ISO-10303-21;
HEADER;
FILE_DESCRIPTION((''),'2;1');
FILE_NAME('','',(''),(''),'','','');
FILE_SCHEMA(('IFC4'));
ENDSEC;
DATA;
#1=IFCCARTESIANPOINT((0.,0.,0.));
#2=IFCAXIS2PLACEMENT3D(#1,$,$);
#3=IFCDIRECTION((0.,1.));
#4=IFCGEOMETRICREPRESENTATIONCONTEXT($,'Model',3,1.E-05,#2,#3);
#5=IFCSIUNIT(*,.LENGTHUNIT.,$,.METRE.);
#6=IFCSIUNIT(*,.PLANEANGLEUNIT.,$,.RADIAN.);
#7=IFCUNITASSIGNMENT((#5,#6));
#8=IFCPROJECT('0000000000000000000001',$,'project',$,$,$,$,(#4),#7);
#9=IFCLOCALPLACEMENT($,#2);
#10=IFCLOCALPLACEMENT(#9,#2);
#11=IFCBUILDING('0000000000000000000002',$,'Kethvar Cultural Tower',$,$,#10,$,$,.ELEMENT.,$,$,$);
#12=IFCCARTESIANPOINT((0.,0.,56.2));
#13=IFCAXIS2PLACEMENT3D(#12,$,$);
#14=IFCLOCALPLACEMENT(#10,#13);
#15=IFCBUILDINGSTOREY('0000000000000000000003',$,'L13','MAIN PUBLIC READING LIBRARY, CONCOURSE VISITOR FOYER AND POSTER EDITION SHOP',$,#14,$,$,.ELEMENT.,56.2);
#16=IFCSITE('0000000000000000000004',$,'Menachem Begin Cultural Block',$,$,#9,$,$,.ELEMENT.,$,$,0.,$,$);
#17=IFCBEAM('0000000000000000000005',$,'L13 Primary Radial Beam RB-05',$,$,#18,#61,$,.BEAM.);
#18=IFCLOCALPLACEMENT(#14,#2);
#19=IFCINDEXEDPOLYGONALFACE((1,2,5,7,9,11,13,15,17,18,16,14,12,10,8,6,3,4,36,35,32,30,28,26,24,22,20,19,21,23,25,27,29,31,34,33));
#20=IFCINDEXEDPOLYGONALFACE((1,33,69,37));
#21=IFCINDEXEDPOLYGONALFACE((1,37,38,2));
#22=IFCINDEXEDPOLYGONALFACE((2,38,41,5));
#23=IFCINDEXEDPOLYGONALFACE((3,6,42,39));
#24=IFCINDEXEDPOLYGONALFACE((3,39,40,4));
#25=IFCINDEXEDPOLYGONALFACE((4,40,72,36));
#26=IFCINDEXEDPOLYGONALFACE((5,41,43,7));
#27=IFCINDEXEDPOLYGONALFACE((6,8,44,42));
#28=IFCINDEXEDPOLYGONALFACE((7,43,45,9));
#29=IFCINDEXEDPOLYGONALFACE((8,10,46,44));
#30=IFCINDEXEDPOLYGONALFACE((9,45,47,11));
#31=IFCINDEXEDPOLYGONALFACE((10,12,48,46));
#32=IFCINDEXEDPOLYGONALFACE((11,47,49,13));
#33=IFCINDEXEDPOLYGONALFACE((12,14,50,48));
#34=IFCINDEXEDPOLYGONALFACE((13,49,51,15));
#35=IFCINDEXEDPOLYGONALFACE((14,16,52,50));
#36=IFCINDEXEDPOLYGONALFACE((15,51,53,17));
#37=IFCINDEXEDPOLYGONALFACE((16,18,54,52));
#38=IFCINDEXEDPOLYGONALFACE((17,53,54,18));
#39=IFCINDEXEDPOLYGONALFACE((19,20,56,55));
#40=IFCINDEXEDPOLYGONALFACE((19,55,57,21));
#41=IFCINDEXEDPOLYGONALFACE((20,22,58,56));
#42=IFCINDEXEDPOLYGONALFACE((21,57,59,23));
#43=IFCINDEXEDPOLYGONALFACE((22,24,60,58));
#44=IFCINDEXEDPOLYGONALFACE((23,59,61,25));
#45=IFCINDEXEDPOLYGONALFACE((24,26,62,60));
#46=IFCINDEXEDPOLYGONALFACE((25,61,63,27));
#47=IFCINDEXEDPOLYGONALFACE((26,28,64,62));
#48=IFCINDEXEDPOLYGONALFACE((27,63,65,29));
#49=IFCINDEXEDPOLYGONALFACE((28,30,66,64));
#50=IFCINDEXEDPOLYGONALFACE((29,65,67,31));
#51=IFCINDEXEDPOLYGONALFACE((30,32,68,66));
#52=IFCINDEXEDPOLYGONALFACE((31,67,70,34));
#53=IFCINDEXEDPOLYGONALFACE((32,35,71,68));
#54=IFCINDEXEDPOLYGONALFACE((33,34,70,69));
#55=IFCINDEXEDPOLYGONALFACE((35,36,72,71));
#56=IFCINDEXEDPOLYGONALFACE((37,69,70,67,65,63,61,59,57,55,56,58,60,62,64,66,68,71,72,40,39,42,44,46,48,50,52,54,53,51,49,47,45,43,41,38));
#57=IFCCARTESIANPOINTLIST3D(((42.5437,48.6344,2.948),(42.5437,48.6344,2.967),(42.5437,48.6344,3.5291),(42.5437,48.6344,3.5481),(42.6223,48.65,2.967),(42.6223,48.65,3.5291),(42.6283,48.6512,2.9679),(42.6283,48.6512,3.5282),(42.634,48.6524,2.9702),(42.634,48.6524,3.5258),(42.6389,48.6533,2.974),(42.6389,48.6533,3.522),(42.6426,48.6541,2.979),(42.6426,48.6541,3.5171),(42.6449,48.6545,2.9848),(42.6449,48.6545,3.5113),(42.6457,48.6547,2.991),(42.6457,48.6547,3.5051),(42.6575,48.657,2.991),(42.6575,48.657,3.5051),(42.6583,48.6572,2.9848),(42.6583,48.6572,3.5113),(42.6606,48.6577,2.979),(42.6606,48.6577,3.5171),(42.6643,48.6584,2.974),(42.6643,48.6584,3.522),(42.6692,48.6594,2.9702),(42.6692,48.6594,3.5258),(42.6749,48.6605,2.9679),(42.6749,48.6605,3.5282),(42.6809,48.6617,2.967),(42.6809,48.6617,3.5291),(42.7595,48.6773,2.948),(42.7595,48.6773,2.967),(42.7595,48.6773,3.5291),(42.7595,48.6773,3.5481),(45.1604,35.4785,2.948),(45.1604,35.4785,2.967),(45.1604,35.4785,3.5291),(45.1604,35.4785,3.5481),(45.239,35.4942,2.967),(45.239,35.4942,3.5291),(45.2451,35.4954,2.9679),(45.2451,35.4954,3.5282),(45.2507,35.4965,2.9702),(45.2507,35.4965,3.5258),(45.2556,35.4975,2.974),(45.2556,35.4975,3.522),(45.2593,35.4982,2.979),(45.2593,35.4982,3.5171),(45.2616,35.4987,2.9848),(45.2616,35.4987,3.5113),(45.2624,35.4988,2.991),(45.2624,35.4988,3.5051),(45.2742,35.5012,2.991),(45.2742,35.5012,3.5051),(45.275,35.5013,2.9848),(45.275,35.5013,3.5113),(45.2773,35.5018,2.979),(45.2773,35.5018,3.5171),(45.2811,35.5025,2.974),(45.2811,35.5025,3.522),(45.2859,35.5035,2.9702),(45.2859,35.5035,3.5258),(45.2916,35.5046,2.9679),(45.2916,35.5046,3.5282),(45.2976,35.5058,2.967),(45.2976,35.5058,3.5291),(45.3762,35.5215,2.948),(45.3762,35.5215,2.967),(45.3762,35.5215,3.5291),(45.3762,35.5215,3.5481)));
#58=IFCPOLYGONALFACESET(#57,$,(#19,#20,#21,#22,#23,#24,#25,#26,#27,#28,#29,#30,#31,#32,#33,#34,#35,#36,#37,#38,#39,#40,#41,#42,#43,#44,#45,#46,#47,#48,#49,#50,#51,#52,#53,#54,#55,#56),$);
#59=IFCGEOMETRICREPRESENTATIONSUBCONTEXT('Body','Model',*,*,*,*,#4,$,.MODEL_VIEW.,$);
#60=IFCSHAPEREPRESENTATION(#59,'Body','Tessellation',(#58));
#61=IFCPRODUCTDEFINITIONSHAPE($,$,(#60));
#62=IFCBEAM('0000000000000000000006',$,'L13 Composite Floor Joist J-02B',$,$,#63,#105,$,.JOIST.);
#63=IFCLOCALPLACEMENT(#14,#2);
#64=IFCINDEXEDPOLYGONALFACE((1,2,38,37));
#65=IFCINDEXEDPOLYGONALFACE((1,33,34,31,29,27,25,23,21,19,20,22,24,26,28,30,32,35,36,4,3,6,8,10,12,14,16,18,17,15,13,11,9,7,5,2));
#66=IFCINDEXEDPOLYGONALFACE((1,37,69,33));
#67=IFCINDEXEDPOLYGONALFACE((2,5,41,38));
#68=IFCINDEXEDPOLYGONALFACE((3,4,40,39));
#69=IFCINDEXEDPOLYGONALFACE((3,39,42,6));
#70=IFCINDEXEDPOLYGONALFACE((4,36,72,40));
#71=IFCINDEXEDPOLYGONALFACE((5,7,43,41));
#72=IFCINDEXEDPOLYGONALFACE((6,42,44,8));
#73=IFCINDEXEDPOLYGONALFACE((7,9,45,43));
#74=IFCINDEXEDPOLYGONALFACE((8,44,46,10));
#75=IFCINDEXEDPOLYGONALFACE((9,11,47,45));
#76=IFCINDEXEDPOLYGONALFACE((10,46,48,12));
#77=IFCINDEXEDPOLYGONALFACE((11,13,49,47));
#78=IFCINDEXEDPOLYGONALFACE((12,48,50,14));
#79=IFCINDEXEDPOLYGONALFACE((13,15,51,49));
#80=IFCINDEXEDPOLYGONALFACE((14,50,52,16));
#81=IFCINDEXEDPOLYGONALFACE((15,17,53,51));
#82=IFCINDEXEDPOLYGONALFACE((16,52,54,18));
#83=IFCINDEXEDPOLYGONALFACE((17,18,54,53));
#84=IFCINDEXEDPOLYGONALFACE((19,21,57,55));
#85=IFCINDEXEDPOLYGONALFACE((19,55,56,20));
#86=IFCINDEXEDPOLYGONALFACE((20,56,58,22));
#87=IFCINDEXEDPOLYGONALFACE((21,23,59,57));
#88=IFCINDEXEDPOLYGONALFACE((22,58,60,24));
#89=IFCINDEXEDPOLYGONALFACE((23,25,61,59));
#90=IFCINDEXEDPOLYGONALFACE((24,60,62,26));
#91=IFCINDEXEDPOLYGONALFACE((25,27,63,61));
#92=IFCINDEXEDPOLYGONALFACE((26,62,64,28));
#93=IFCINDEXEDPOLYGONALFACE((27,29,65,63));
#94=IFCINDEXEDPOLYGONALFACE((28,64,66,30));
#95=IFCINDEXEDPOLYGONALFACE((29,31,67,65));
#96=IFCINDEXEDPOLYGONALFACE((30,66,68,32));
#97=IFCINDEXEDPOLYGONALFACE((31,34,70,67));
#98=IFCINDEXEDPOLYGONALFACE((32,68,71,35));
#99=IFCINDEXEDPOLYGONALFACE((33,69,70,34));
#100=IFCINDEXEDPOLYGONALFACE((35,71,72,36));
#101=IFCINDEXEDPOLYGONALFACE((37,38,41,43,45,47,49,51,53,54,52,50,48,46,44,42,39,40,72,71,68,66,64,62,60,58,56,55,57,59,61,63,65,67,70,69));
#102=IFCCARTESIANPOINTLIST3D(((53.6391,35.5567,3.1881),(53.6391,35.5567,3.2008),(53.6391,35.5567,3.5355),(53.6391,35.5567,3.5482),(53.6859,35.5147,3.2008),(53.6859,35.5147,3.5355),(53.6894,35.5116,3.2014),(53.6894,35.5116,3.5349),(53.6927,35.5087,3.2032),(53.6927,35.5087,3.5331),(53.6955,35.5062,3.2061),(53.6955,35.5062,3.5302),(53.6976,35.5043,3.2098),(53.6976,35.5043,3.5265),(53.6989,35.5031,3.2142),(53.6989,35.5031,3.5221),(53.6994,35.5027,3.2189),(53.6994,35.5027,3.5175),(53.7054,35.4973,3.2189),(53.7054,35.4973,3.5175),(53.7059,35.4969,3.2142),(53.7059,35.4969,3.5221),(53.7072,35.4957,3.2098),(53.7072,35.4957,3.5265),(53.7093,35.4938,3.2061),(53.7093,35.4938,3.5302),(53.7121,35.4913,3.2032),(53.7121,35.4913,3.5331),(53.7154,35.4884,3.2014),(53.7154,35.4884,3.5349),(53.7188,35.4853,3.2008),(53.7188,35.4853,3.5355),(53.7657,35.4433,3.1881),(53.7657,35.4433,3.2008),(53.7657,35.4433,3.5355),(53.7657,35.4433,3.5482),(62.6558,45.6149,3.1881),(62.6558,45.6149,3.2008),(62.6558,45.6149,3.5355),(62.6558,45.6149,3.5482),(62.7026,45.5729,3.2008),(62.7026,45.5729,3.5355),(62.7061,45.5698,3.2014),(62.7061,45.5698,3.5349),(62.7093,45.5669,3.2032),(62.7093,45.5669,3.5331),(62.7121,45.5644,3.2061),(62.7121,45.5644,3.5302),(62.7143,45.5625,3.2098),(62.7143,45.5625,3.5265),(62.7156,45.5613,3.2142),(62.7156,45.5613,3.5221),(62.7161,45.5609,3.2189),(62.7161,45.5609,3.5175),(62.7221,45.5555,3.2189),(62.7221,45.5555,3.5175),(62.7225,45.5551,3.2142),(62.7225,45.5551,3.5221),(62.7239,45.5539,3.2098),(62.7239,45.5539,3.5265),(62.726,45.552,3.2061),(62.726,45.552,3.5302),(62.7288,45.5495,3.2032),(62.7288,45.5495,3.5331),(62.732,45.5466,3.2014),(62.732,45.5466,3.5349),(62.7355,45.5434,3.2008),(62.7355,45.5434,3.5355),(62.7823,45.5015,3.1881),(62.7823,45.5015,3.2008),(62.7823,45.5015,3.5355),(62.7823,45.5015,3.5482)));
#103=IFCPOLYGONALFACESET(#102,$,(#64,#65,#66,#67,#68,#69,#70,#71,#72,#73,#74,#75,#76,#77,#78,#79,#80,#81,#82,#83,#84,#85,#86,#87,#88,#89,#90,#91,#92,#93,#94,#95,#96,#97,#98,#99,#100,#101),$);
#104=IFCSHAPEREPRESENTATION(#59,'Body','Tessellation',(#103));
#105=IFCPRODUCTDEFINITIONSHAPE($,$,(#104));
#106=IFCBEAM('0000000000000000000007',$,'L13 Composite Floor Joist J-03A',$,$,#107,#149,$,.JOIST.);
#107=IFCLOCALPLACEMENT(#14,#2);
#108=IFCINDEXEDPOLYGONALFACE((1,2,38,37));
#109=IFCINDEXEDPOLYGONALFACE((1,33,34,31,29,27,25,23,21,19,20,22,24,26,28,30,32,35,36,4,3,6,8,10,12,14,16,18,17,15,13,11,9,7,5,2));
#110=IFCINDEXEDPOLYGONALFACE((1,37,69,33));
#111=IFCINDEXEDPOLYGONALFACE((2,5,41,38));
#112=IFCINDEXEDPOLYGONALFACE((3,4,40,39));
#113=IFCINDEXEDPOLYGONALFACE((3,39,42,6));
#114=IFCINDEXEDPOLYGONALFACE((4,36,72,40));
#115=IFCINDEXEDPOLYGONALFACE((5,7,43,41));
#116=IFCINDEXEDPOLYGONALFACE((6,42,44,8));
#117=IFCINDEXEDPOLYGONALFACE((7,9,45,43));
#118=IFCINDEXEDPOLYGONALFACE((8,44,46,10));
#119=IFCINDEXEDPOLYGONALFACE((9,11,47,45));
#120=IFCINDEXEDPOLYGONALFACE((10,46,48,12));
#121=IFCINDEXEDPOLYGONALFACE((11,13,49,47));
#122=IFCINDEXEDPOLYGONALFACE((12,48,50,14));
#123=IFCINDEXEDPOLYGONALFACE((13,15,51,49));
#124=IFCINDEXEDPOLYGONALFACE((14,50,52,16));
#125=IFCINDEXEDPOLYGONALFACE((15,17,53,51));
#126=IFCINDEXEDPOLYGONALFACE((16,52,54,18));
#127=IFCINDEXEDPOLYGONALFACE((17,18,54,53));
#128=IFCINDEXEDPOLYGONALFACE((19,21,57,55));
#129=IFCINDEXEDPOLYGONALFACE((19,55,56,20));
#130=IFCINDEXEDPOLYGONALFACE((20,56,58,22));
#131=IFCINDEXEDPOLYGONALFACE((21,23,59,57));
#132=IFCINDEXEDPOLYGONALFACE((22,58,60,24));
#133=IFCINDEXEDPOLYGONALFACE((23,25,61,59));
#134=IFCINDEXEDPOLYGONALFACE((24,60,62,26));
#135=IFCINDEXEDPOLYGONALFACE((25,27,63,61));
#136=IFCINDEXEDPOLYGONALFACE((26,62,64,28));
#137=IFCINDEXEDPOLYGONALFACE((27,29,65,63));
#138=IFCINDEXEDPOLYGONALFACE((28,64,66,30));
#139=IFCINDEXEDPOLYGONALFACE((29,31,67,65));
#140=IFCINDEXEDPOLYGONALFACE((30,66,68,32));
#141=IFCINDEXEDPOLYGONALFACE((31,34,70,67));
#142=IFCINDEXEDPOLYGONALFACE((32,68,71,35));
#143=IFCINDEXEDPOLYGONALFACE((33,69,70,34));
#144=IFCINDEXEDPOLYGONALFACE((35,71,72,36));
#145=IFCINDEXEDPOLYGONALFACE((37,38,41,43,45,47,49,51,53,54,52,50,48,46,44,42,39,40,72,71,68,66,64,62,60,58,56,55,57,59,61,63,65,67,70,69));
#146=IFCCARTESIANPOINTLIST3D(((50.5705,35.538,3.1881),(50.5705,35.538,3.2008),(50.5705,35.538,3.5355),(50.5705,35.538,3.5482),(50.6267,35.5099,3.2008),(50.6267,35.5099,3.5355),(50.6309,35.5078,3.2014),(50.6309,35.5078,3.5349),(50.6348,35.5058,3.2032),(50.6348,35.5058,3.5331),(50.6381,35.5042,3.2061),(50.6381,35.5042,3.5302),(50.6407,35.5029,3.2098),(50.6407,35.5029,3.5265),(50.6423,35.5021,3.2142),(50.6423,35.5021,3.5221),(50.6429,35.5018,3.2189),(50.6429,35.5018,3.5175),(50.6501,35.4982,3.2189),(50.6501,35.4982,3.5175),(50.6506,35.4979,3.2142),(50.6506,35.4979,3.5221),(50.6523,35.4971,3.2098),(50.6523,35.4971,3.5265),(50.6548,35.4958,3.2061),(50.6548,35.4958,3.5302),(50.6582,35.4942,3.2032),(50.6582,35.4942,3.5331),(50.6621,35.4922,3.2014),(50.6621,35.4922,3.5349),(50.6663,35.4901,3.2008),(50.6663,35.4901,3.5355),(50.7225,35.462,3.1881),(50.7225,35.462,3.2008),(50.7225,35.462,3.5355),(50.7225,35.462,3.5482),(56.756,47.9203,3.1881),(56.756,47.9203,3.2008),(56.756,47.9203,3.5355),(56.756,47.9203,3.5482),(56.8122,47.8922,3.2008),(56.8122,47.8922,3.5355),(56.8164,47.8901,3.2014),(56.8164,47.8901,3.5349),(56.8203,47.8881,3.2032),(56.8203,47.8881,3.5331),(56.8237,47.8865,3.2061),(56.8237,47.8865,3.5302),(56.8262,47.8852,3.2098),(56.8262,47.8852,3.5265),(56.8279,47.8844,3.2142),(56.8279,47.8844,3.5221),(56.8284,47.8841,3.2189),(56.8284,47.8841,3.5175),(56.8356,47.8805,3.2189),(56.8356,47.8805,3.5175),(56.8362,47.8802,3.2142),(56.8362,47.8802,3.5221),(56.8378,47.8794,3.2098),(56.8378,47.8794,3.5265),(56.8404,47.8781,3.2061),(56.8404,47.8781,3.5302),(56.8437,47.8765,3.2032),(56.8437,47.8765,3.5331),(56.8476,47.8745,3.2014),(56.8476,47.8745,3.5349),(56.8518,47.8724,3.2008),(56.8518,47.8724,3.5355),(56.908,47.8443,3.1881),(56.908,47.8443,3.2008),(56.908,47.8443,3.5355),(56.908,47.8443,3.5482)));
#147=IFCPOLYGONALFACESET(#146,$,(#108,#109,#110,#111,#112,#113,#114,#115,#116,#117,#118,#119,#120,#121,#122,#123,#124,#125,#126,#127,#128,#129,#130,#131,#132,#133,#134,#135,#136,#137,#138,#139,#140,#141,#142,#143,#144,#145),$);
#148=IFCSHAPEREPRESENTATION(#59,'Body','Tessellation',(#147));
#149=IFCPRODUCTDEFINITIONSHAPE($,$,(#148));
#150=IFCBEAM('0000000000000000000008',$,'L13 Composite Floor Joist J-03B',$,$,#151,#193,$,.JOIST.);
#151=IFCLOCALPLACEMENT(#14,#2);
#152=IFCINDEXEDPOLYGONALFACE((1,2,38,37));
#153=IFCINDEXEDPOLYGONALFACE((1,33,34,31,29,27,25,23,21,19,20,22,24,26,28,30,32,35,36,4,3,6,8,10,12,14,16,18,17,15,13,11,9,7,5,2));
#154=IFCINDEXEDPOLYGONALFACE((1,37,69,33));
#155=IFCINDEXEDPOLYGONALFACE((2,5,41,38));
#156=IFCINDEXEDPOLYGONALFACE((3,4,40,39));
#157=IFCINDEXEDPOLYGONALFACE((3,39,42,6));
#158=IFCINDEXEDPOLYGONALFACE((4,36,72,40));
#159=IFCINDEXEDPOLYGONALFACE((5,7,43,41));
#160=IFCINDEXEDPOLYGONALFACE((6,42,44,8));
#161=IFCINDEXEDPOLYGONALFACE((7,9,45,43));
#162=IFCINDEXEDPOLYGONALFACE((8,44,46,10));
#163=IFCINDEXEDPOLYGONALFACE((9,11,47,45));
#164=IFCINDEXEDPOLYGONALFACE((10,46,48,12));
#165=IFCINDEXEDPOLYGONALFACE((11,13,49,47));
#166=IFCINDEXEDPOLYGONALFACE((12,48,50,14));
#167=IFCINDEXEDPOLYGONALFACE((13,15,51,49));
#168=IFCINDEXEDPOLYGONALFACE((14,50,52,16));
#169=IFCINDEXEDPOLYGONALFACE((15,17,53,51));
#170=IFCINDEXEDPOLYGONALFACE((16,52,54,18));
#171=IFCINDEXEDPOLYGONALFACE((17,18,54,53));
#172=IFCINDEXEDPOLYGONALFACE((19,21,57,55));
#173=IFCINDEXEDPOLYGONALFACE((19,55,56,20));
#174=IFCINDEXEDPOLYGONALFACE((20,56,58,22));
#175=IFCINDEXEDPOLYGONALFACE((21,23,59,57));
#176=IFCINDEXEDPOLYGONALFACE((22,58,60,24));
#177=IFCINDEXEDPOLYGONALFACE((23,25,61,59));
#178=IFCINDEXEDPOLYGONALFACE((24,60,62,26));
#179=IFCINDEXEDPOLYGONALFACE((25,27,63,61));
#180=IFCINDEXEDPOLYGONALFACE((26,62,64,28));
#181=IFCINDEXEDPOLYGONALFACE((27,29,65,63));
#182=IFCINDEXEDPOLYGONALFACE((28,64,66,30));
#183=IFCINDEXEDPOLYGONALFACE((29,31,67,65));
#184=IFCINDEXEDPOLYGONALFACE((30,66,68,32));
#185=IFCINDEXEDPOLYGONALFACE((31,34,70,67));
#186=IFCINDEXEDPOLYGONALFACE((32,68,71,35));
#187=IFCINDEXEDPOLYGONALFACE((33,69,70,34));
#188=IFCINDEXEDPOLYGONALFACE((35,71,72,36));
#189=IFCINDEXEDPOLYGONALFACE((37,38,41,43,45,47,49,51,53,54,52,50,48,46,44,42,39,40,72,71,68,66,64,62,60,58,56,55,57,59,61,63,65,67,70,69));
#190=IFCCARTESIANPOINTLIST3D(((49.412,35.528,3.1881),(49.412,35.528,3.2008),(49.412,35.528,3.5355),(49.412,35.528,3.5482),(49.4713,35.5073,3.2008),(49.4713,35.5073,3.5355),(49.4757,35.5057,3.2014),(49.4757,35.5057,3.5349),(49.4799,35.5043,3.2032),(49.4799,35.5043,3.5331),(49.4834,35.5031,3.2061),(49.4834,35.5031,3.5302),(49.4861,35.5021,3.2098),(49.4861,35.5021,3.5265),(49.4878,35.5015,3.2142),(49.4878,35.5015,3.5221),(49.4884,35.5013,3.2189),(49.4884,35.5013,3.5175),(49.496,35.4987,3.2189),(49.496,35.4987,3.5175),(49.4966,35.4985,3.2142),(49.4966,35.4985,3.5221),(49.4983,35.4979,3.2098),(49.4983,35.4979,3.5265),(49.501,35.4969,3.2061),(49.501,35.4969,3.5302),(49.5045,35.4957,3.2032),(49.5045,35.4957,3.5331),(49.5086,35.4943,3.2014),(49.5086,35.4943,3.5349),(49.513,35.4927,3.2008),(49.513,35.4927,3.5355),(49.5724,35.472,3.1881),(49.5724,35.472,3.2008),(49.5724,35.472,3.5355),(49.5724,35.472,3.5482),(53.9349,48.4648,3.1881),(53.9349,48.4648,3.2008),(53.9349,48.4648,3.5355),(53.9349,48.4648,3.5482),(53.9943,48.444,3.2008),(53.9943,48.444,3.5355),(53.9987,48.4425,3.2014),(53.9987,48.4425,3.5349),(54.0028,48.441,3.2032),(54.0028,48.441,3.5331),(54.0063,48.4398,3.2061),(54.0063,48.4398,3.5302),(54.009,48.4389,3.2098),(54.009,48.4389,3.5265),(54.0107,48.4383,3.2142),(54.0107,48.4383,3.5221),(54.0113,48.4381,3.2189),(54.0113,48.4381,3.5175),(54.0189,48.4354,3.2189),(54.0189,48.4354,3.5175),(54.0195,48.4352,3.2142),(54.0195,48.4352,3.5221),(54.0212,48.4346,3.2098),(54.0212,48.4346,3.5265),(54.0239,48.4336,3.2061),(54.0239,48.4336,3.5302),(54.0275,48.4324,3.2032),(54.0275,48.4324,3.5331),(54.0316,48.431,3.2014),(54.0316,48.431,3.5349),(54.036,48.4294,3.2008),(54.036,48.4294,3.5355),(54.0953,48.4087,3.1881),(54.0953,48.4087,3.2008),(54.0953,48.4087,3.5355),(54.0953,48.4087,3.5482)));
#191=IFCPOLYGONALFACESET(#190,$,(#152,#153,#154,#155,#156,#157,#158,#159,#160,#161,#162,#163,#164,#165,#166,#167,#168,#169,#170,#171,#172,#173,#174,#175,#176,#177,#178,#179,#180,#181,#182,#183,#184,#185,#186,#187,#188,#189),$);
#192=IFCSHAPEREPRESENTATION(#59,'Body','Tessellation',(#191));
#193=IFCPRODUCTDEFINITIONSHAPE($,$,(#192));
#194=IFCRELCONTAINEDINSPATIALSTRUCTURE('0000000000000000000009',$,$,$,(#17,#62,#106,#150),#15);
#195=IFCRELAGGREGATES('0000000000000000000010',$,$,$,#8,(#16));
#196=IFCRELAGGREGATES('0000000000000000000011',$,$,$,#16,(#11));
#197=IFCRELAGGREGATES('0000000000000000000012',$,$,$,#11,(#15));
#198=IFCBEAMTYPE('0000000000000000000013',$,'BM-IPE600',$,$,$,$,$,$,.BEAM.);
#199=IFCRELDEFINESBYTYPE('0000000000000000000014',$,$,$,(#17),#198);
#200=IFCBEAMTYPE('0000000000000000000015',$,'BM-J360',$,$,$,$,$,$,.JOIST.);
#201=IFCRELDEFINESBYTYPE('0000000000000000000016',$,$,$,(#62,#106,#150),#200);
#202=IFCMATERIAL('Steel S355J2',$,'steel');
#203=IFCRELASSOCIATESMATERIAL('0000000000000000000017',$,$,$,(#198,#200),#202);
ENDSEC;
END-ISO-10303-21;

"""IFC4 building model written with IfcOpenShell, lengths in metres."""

from ifc_helpers import new_model, si_unit, direction, frame, origin, origin_2d, place, context, subcontext, project, spatial, i_section, extrude, source, transform, mapped, material, material_profile, profile_set, type_object, element, save


model = new_model("IFC4")

# Units and contexts
model_context = context("Model", 3, precision=1e-05, world=origin(), true_north=direction((0.0, 1.0)))
body_context = subcontext(model_context, "Body", "Model", "MODEL_VIEW")
ifc_project = project(units=[si_unit("LENGTHUNIT", "METRE"), si_unit("PLANEANGLEUNIT", "RADIAN")], contexts=[model_context])

# Site, building, storey
site_placement = place(None, origin())
site = spatial("IfcSite", under=ifc_project, at=site_placement, Name="Menachem Begin Cultural Block", CompositionType="ELEMENT", RefElevation=0.0)
building_placement = place(site_placement, origin())
building = spatial("IfcBuilding", under=site, at=building_placement, Name="Kethvar Cultural Tower", CompositionType="ELEMENT")
storey_placement = place(building_placement, frame((0.0, 0.0, 56.2)))
storey = spatial("IfcBuildingStorey", under=building, at=storey_placement, Name="L13", Description="MAIN PUBLIC READING LIBRARY, CONCOURSE VISITOR FOYER AND POSTER EDITION SHOP", CompositionType="ELEMENT", Elevation=56.2)

# Beams
ifc_material_1 = material(Name="Steel S355J2", Category="steel")
ifc_material_profile_1 = material_profile(ifc_material_1, i_section(OverallWidth=0.22, OverallDepth=0.6001, WebThickness=0.012, FlangeThickness=0.019, FilletRadius=0.0239, at=origin_2d()), Name="Steel S355J2 — IPE600")
ifc_profile_set_1 = profile_set([ifc_material_profile_1], Name="Steel S355J2 — IPE600")
beam_type_1 = type_object("IfcBeamType", Name="BM-IPE600", PredefinedType="BEAM", material=ifc_profile_set_1)
shared_shape_1 = source(origin(), body_context, "Body", "SweptSolid", [
    extrude(i_section(OverallWidth=0.22, OverallDepth=0.6001, WebThickness=0.012, FlangeThickness=0.019, FilletRadius=0.0239, at=origin_2d()), origin(), (0.0, 0.0, 1.0), 13.4136),
])
beam_1_placement = place(storey_placement, frame((45.2683, 35.5, 3.248), z_axis=(-0.19508, 0.980787, 0.0), x_axis=(-0.980787, -0.19508, 0.0)))
element("IfcBeam", 1, at=beam_1_placement, inside=storey, type_object=beam_type_1, Name="L13 Primary Radial Beam RB-05", PredefinedType="BEAM", context=body_context, shape_type="MappedRepresentation", body=[
    mapped(shared_shape_1, transform((0.0, 0.0, 0.0), scale=1.0)),
])
ifc_material_profile_2 = material_profile(ifc_material_1, i_section(OverallWidth=0.1699, OverallDepth=0.3601, WebThickness=0.0081, FlangeThickness=0.0127, FilletRadius=0.0181, at=origin_2d()), Name="Steel S355J2 — IPE360")
ifc_profile_set_2 = profile_set([ifc_material_profile_2], Name="Steel S355J2 — IPE360")
beam_type_2 = type_object("IfcBeamType", Name="BM-J360", PredefinedType="JOIST", material=ifc_profile_set_2)
shared_shape_2 = source(origin(), body_context, "Body", "SweptSolid", [
    extrude(i_section(OverallWidth=0.1699, OverallDepth=0.3601, WebThickness=0.0081, FlangeThickness=0.0127, FilletRadius=0.0181, at=origin_2d()), origin(), (0.0, 0.0, 1.0), 13.5081),
])
beam_2_placement = place(storey_placement, frame((53.7024, 35.5, 3.3682), z_axis=(0.667504, 0.744607, 0.0), x_axis=(-0.744607, 0.667504, 0.0)))
element("IfcBeam", 2, at=beam_2_placement, inside=storey, type_object=beam_type_2, Name="L13 Composite Floor Joist J-02B", PredefinedType="JOIST", context=body_context, shape_type="MappedRepresentation", body=[
    mapped(shared_shape_2, transform((0.0, 0.0, 0.0), scale=1.0)),
])
shared_shape_3 = source(origin(), body_context, "Body", "SweptSolid", [
    extrude(i_section(OverallWidth=0.1699, OverallDepth=0.3601, WebThickness=0.0081, FlangeThickness=0.0127, FilletRadius=0.0181, at=origin_2d()), origin(), (0.0, 0.0, 1.0), 13.8413),
])
beam_3_placement = place(storey_placement, frame((50.6465, 35.5, 3.3682), z_axis=(0.446889, 0.894589, 0.0), x_axis=(-0.894589, 0.446889, 0.0)))
element("IfcBeam", 3, at=beam_3_placement, inside=storey, type_object=beam_type_2, Name="L13 Composite Floor Joist J-03A", PredefinedType="JOIST", context=body_context, shape_type="MappedRepresentation", body=[
    mapped(shared_shape_3, transform((0.0, 0.0, 0.0), scale=1.0)),
])
shared_shape_4 = source(origin(), body_context, "Body", "SweptSolid", [
    extrude(i_section(OverallWidth=0.1699, OverallDepth=0.3601, WebThickness=0.0081, FlangeThickness=0.0127, FilletRadius=0.0181, at=origin_2d()), origin(), (0.0, 0.0, 1.0), 13.7046),
])
beam_4_placement = place(storey_placement, frame((49.4922, 35.5, 3.3682), z_axis=(0.330031, 0.94397, 0.0), x_axis=(-0.94397, 0.330031, 0.0)))
element("IfcBeam", 4, at=beam_4_placement, inside=storey, type_object=beam_type_2, Name="L13 Composite Floor Joist J-03B", PredefinedType="JOIST", context=body_context, shape_type="MappedRepresentation", body=[
    mapped(shared_shape_4, transform((0.0, 0.0, 0.0), scale=1.0)),
])

save(model, "model.ifc")
